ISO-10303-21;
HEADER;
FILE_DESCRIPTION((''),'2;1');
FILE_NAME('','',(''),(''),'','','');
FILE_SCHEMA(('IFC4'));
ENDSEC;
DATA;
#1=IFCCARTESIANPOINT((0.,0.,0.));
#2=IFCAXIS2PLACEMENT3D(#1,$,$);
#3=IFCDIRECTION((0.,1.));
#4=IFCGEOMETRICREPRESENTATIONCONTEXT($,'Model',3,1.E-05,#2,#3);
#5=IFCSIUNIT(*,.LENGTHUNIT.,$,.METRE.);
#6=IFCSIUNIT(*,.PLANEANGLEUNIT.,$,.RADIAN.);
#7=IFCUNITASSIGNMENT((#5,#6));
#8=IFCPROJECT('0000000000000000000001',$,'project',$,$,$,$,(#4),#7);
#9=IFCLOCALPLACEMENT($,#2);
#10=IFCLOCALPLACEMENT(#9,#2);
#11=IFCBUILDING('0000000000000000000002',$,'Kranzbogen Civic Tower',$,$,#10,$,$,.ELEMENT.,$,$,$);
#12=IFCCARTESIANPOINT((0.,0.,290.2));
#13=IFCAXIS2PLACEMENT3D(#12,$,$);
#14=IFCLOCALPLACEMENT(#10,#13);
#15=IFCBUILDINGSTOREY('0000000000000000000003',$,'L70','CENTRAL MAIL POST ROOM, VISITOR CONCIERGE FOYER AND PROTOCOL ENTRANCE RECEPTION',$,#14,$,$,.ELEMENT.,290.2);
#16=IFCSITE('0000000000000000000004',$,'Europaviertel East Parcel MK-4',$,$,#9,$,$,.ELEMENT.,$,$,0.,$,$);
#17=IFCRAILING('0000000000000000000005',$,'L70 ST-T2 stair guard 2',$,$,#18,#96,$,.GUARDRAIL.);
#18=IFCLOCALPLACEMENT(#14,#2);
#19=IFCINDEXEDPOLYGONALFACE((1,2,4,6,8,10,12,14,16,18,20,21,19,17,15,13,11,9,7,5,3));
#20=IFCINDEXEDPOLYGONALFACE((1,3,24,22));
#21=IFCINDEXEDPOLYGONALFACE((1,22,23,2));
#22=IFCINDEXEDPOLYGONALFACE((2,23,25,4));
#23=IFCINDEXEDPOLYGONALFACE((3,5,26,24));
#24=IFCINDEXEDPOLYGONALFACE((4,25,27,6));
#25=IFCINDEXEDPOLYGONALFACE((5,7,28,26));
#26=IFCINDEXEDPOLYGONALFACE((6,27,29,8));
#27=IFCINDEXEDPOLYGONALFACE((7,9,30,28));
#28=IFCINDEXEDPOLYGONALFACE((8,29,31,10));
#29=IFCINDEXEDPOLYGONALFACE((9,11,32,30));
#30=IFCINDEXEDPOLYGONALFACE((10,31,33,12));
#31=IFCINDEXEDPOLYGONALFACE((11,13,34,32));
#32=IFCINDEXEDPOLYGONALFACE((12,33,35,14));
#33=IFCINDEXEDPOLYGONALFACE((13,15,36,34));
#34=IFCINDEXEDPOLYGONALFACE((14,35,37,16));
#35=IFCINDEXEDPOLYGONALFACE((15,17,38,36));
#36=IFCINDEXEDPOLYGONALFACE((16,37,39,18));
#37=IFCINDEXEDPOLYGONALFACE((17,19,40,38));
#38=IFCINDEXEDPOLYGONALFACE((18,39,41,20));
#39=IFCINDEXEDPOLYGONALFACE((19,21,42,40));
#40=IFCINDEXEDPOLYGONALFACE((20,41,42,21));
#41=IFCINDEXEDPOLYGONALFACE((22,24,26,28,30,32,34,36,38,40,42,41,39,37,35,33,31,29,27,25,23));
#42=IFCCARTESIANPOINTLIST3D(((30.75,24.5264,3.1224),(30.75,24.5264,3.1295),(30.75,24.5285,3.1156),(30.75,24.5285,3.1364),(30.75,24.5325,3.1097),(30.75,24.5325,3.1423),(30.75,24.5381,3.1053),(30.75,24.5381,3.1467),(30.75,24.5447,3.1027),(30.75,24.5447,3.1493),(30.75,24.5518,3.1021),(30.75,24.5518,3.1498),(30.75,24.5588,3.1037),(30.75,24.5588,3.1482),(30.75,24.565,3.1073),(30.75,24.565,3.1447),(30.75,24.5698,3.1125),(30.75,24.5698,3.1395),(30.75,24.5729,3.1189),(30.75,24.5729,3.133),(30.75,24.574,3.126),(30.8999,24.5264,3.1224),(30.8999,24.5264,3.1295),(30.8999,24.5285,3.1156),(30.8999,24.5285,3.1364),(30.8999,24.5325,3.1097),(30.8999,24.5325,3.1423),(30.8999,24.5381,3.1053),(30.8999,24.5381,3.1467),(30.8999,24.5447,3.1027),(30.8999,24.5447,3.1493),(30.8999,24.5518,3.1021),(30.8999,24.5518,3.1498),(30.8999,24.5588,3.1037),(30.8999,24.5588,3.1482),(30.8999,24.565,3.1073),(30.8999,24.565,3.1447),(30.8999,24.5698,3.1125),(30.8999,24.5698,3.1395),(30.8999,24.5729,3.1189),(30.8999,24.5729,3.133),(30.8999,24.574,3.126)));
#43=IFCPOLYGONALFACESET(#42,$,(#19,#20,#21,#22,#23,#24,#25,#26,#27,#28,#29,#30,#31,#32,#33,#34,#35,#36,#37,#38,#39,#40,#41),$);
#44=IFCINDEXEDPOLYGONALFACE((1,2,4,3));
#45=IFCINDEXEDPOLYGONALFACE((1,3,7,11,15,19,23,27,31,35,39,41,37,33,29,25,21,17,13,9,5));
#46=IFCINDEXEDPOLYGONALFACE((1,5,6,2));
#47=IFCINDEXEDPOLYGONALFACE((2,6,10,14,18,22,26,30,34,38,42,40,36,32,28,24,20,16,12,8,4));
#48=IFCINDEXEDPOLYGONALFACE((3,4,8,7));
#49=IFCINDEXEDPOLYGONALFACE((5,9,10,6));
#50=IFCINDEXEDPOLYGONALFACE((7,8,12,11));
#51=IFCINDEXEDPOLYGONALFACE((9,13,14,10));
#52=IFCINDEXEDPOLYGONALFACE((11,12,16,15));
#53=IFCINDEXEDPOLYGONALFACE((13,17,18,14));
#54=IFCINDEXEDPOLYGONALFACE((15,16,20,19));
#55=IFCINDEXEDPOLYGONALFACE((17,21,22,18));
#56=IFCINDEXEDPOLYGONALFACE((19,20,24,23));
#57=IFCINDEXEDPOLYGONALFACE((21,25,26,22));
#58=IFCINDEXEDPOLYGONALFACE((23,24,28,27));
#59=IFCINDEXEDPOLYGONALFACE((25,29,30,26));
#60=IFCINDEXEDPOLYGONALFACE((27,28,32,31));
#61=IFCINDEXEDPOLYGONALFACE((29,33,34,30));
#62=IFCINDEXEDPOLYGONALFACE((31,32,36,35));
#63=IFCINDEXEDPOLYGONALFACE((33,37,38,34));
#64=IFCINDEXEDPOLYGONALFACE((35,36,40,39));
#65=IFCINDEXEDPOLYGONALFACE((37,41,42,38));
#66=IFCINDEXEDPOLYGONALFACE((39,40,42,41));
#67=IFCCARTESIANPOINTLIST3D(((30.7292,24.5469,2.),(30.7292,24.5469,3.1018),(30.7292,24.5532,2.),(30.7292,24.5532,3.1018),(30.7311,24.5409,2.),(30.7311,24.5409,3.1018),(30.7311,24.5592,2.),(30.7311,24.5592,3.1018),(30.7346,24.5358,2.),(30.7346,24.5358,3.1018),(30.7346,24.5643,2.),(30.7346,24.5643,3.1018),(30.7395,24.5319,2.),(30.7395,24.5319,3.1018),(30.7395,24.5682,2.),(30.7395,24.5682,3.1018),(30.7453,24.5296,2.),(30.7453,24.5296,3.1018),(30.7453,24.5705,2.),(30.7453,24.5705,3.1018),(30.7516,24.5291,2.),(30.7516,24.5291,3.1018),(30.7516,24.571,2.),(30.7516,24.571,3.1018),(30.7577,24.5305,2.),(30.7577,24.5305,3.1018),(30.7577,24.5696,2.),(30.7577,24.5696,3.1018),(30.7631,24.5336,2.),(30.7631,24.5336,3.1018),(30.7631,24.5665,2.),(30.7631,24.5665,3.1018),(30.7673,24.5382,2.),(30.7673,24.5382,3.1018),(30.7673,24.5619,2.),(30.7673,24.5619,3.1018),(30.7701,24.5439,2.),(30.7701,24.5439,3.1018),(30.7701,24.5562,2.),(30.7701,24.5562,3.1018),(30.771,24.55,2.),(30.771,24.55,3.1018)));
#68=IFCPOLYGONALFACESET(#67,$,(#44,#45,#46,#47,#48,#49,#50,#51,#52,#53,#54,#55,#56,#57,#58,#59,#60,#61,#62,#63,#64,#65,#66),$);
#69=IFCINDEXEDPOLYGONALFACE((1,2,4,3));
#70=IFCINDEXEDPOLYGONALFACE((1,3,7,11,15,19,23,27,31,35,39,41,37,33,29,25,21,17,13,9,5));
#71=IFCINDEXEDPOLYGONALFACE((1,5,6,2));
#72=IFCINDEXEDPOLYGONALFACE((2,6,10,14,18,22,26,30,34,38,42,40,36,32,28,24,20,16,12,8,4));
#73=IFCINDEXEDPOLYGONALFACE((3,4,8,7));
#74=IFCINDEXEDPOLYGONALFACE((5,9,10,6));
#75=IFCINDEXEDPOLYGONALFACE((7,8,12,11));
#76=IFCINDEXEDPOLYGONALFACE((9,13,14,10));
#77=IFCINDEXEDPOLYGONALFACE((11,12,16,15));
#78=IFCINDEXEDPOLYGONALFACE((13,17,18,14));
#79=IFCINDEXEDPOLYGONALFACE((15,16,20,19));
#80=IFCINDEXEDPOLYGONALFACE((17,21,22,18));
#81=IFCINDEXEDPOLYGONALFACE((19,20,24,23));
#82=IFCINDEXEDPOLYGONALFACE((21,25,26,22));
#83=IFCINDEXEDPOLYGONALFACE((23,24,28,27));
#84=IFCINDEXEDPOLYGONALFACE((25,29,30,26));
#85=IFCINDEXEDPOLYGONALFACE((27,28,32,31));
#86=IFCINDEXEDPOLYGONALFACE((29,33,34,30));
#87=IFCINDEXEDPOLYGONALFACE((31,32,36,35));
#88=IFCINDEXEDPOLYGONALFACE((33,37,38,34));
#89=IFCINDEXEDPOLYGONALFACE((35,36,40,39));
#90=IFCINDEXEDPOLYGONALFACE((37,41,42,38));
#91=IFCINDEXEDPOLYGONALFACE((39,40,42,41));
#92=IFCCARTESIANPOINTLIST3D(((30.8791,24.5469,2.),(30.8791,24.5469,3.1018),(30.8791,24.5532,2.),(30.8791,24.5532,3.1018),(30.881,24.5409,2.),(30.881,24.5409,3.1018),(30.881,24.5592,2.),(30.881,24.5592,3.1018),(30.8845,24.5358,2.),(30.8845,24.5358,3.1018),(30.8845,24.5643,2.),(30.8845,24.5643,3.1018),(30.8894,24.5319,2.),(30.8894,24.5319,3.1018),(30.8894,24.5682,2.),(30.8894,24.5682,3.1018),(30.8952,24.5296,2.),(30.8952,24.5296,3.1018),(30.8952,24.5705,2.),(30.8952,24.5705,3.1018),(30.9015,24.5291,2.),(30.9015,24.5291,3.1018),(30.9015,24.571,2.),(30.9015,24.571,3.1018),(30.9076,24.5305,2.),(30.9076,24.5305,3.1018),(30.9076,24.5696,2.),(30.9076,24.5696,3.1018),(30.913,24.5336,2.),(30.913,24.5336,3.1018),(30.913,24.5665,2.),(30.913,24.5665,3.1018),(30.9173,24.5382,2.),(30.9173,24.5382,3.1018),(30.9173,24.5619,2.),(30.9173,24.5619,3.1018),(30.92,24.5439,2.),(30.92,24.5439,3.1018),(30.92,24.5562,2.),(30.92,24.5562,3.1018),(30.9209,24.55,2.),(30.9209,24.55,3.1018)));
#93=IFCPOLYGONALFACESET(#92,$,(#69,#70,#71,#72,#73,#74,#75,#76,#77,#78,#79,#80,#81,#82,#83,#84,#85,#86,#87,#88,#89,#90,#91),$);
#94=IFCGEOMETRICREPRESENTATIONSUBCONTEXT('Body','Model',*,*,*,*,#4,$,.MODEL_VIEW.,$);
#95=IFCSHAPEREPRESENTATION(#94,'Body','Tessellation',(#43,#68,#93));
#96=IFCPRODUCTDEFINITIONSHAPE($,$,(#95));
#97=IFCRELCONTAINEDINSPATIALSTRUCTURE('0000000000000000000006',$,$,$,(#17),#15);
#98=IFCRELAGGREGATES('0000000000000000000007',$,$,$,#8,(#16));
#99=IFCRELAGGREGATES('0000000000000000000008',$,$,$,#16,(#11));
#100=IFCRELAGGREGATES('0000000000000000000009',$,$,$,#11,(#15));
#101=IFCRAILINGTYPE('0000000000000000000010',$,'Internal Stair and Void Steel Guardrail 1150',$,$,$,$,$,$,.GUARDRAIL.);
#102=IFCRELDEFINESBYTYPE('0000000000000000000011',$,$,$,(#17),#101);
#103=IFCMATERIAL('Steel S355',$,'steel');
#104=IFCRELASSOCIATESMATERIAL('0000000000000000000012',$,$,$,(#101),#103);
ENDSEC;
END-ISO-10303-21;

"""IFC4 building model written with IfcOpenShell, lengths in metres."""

from ifc_helpers import new_model, si_unit, direction, frame, origin, origin_2d, place, context, subcontext, project, spatial, circle, extrude, material, type_object, element, save


model = new_model("IFC4")

# Units and contexts
model_context = context("Model", 3, precision=1e-05, world=origin(), true_north=direction((0.0, 1.0)))
body_context = subcontext(model_context, "Body", "Model", "MODEL_VIEW")
ifc_project = project(units=[si_unit("LENGTHUNIT", "METRE"), si_unit("PLANEANGLEUNIT", "RADIAN")], contexts=[model_context])

# Site, building, storey
site_placement = place(None, origin())
site = spatial("IfcSite", under=ifc_project, at=site_placement, Name="Europaviertel East Parcel MK-4", CompositionType="ELEMENT", RefElevation=0.0)
building_placement = place(site_placement, origin())
building = spatial("IfcBuilding", under=site, at=building_placement, Name="Kranzbogen Civic Tower", CompositionType="ELEMENT")
storey_placement = place(building_placement, frame((0.0, 0.0, 290.2)))
storey = spatial("IfcBuildingStorey", under=building, at=storey_placement, Name="L70", Description="CENTRAL MAIL POST ROOM, VISITOR CONCIERGE FOYER AND PROTOCOL ENTRANCE RECEPTION", CompositionType="ELEMENT", Elevation=290.2)

# Shared definitions
ifc_material_1 = material(Name="Steel S355", Category="steel")

# Railing
railing_type_1 = type_object("IfcRailingType", Name="Internal Stair and Void Steel Guardrail 1150", PredefinedType="GUARDRAIL", material=ifc_material_1)
railing_1_placement = place(storey_placement, frame((30.75, 24.55, 2.0)))
element("IfcRailing", 1, at=railing_1_placement, inside=storey, type_object=railing_type_1, Name="L70 ST-T2 stair guard 2", PredefinedType="GUARDRAIL", context=body_context, shape_type="SweptSolid", body=[
    extrude(circle(Radius=0.0239, at=origin_2d()), frame((0.0, 0.0, 1.126), z_axis=(1.0, 0.0, 0.0), x_axis=(0.0, 1.0, 0.0)), (0.0, 0.0, 1.0), 0.1499),
    extrude(circle(Radius=0.021, at=origin_2d()), origin(), (0.0, 0.0, 1.0), 1.1018),
    extrude(circle(Radius=0.021, at=origin_2d()), frame((0.1499, 0.0, 0.0)), (0.0, 0.0, 1.0), 1.1018),
])

save(model, "model.ifc")
